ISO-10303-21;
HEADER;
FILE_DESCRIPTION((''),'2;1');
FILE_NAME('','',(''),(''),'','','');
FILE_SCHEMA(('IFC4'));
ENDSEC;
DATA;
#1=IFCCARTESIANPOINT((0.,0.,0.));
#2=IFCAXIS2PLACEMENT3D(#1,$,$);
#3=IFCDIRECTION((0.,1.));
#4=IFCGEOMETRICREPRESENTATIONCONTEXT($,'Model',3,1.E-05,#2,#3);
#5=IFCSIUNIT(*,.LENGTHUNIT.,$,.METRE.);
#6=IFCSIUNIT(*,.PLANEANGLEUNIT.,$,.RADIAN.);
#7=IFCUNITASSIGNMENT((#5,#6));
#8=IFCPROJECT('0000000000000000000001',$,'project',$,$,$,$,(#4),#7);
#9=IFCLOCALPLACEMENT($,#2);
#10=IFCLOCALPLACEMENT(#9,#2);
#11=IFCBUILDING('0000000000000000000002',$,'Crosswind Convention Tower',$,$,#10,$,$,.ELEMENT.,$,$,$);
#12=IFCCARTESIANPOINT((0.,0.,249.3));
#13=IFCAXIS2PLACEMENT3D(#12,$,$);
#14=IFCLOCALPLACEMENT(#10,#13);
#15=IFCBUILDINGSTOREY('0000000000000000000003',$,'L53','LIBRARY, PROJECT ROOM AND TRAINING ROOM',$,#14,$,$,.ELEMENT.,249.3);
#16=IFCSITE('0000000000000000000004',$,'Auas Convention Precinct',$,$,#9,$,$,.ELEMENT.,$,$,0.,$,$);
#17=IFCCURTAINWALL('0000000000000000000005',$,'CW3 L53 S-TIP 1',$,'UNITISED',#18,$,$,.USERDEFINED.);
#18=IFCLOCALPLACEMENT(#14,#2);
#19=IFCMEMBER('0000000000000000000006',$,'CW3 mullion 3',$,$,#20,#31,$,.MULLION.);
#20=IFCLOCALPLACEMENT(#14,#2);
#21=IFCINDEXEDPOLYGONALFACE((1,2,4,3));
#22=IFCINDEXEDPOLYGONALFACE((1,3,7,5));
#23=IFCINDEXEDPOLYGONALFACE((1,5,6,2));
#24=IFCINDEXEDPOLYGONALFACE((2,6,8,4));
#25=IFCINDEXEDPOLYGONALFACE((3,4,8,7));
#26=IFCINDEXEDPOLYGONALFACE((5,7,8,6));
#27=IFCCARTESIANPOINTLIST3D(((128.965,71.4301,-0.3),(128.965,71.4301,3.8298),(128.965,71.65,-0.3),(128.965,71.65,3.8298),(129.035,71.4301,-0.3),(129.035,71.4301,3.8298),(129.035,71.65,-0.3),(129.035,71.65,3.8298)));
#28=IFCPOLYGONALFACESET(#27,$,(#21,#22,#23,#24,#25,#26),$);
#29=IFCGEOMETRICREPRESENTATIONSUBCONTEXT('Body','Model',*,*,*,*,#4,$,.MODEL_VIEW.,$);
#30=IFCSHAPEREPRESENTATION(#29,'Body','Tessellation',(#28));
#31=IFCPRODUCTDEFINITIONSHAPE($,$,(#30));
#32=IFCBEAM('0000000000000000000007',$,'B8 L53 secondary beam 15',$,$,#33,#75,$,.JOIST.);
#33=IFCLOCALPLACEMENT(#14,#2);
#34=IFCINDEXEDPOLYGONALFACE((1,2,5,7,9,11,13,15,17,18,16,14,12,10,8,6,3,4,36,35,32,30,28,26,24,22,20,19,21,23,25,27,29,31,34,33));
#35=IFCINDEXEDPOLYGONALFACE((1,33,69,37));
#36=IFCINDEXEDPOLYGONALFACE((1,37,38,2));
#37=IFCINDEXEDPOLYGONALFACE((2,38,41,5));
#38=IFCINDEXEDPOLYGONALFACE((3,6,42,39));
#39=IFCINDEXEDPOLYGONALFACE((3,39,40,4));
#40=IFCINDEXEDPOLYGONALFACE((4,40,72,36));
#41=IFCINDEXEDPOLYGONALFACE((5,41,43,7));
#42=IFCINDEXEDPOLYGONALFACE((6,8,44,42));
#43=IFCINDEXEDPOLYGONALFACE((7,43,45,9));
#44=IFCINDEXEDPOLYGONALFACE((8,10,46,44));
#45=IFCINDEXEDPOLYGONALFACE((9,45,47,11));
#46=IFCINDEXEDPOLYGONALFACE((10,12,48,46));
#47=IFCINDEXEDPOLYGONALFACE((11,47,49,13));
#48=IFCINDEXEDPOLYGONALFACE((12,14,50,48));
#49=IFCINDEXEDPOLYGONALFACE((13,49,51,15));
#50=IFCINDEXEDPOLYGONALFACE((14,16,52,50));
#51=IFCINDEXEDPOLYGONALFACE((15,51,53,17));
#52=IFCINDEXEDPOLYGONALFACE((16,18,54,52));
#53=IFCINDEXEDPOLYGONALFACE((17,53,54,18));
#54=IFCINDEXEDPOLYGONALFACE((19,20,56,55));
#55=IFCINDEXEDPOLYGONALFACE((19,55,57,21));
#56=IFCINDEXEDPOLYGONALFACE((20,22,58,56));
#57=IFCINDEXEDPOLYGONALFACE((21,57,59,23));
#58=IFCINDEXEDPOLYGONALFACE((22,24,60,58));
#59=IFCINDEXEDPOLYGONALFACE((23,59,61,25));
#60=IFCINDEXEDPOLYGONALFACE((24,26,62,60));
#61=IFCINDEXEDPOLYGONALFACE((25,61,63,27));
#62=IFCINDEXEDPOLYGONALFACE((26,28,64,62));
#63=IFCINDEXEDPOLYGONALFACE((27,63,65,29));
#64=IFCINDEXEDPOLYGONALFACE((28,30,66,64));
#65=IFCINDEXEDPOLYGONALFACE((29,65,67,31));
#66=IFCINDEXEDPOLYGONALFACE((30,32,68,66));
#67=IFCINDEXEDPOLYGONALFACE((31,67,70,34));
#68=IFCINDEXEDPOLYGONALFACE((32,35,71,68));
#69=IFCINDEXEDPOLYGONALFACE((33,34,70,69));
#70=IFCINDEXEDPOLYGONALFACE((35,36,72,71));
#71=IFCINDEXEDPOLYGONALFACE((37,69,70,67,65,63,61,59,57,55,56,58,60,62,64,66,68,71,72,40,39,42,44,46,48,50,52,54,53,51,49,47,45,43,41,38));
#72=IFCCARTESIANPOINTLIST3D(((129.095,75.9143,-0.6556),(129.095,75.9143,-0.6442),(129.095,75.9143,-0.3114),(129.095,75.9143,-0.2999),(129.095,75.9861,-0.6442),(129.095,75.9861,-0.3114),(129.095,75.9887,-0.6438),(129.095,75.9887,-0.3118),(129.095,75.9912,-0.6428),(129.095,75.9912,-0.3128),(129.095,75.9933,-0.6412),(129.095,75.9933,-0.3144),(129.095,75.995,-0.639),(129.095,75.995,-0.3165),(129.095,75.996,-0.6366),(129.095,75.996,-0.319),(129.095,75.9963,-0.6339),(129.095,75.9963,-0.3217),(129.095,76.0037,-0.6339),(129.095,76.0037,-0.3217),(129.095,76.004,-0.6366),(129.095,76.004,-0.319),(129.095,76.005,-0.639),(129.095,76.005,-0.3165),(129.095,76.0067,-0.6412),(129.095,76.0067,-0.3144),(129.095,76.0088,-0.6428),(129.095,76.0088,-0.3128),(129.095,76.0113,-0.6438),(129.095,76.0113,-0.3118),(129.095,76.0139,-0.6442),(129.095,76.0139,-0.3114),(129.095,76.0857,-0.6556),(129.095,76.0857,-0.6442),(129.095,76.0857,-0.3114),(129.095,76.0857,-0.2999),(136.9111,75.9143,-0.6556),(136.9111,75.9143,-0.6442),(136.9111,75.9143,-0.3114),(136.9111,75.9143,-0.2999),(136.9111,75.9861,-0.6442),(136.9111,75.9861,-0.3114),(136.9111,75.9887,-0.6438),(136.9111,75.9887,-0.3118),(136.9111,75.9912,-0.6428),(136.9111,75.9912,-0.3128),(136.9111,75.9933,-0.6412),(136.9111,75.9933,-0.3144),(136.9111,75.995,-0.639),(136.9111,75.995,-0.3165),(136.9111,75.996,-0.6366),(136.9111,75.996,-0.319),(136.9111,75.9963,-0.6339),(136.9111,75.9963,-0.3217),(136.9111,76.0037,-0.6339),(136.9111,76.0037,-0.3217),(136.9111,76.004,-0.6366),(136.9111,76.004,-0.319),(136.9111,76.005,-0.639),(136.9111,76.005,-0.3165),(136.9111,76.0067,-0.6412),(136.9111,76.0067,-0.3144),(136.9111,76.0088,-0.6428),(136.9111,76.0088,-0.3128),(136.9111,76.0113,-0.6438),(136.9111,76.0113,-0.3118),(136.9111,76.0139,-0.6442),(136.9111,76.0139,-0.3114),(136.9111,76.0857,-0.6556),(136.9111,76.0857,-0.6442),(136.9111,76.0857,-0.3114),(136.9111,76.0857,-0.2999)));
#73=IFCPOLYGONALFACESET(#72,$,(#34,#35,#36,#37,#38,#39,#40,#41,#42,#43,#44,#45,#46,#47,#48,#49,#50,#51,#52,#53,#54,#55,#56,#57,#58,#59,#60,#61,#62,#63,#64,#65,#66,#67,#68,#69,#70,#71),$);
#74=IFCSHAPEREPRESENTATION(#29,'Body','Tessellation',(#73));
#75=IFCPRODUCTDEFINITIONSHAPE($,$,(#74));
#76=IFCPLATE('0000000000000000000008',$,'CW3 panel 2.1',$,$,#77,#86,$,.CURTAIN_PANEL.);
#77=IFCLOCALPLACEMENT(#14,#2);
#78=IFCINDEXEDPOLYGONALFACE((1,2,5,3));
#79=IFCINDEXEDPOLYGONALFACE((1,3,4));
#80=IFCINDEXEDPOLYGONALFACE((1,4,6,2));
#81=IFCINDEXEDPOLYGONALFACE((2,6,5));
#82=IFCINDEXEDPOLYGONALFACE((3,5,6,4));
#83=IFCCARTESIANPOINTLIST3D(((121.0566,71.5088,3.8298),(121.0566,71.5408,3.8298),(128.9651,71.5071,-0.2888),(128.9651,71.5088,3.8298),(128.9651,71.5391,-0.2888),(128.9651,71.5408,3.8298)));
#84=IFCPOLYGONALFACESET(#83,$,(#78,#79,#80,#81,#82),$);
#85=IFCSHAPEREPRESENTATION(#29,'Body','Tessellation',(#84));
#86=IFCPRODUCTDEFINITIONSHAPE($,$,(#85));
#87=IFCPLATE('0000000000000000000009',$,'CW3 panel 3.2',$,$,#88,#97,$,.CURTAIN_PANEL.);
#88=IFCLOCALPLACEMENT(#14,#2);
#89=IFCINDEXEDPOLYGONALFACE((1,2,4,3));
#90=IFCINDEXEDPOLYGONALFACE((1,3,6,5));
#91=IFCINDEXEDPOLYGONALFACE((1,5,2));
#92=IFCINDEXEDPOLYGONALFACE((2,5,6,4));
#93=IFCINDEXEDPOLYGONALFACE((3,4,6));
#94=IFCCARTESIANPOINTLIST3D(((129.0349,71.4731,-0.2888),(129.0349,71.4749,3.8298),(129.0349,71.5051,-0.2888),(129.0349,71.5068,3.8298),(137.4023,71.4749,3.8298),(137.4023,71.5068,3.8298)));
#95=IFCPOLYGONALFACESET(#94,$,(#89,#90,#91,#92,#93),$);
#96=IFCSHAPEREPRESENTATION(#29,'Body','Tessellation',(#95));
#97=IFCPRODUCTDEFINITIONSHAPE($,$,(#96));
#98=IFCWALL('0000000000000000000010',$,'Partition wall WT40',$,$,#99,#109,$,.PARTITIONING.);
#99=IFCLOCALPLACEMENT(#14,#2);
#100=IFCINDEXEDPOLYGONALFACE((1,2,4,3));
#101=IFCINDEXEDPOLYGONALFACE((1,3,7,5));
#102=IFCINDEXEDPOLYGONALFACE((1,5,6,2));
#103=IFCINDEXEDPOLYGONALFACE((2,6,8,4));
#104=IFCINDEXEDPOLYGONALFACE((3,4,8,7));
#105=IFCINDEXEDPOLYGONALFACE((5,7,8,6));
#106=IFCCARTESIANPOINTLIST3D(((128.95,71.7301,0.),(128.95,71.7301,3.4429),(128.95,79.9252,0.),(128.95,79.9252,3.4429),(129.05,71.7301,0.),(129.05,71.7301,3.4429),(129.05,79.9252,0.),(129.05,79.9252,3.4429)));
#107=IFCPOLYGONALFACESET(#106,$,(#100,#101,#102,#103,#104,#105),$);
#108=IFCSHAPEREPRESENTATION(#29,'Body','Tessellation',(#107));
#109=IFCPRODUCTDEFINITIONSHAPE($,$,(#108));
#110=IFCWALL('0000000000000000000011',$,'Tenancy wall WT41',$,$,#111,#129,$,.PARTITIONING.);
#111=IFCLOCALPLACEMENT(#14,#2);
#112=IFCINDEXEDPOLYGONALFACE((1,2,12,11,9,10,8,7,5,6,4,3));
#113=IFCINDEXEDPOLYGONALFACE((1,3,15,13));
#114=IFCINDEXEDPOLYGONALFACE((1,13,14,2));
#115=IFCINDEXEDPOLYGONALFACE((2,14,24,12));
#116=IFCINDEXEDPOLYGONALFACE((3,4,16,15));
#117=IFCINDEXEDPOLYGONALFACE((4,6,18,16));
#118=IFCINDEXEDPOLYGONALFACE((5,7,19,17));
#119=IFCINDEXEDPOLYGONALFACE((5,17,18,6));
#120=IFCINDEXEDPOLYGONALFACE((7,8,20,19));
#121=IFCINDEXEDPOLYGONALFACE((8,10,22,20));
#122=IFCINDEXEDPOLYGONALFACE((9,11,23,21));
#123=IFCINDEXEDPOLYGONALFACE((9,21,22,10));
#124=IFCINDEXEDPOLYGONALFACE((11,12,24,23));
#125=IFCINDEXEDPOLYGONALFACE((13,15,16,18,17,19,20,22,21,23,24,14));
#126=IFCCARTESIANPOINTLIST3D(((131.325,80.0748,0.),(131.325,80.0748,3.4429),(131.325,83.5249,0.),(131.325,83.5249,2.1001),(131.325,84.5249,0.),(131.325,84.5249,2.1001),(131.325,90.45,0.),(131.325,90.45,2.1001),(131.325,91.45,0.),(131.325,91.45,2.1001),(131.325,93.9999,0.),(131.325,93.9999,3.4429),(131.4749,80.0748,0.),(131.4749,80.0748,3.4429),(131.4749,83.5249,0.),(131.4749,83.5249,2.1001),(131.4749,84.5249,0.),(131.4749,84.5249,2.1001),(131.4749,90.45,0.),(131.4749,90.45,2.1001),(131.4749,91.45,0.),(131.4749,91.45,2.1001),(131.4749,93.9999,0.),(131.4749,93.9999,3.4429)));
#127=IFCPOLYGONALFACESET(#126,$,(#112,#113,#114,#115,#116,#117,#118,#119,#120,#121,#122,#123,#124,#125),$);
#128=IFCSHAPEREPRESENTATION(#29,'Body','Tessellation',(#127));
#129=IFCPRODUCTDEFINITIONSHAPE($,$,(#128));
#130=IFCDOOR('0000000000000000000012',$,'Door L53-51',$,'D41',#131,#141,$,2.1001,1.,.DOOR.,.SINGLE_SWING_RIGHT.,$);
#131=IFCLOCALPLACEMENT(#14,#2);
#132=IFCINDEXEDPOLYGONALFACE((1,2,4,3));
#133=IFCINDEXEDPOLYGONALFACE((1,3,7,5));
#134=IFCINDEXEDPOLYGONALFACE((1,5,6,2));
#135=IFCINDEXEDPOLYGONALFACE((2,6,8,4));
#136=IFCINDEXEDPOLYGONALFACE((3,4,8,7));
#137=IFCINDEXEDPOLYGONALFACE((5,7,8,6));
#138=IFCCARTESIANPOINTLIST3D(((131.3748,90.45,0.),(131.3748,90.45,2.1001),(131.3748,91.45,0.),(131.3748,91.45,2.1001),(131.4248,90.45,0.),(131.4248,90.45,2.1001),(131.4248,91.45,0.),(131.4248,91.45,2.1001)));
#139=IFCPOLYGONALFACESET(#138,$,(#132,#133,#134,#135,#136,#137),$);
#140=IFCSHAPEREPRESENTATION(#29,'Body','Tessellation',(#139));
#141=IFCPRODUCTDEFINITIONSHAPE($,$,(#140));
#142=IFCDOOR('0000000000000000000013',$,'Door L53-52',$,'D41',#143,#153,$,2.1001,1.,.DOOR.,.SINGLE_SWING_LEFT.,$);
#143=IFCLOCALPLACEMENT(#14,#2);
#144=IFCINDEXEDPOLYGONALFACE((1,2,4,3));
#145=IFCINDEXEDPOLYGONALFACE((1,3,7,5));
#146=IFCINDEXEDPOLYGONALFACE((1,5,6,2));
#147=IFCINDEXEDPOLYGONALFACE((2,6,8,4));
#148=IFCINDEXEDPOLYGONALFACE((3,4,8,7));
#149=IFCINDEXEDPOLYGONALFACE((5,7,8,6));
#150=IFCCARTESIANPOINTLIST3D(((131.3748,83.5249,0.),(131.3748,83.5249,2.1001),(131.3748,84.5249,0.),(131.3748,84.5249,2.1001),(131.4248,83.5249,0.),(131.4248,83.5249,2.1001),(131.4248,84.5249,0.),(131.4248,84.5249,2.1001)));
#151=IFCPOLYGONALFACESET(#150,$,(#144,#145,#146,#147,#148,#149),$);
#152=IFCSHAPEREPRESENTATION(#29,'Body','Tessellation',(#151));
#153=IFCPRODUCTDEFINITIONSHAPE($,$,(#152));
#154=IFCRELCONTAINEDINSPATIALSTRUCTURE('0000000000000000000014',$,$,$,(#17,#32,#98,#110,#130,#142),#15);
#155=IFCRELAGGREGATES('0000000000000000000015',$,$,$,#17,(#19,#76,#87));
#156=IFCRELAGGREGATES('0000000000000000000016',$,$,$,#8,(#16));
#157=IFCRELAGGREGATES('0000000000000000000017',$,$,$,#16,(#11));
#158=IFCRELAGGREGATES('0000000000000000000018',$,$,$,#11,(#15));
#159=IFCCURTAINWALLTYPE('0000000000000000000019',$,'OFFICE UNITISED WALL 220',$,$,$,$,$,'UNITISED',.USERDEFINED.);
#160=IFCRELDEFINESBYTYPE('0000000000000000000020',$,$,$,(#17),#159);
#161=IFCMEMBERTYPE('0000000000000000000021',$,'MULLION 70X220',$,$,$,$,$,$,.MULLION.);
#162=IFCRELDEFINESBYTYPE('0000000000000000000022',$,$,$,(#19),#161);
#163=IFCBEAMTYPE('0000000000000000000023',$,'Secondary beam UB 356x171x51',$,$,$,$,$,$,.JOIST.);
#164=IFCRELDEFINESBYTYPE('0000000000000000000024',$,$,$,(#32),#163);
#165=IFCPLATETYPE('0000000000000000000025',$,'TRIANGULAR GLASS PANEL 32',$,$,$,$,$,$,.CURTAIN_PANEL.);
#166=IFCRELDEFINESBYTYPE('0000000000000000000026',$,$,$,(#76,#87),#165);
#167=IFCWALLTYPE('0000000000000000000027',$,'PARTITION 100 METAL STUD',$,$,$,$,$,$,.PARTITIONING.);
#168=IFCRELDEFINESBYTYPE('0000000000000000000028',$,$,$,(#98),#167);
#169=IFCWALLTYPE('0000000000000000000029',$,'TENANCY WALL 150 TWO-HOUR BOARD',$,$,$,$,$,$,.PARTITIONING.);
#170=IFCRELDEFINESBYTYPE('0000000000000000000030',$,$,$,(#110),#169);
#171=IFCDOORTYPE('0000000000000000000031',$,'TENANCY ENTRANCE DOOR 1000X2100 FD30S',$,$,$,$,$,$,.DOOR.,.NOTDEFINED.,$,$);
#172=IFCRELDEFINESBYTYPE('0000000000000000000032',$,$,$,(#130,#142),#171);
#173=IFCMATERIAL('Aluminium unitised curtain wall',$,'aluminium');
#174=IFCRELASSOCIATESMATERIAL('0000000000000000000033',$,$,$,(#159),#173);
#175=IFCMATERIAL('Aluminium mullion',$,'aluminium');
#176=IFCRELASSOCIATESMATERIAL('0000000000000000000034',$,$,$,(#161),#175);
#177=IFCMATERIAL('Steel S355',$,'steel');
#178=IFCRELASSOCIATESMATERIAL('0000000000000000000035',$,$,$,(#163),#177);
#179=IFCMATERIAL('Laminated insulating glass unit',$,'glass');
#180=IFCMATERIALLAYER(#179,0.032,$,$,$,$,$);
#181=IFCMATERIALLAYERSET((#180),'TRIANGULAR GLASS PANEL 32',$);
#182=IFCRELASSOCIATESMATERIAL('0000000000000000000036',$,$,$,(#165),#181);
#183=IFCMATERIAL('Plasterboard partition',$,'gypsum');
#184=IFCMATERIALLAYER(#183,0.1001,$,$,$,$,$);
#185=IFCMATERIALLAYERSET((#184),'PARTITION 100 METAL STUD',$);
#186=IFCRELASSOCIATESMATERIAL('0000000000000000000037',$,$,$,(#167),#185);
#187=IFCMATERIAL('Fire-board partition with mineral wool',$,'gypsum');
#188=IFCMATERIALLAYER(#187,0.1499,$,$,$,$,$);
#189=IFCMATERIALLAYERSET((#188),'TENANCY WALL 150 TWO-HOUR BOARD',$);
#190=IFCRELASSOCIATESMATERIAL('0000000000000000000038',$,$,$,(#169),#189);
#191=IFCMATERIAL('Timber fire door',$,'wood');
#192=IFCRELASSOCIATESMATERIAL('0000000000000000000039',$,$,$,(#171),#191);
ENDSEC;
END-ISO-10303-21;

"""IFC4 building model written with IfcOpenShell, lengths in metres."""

from ifc_helpers import new_model, si_unit, direction, frame, frame_2d, origin, origin_2d, place, context, subcontext, project, spatial, polyline, rectangle, i_section, outline, extrude, material, layer, layer_set, material_profile, profile_set, type_object, element, fill, aggregate, save


model = new_model("IFC4")

# Units and contexts
model_context = context("Model", 3, precision=1e-05, world=origin(), true_north=direction((0.0, 1.0)))
body_context = subcontext(model_context, "Body", "Model", "MODEL_VIEW")
ifc_project = project(units=[si_unit("LENGTHUNIT", "METRE"), si_unit("PLANEANGLEUNIT", "RADIAN")], contexts=[model_context])

# Site, building, storey
site_placement = place(None, origin())
site = spatial("IfcSite", under=ifc_project, at=site_placement, Name="Auas Convention Precinct", CompositionType="ELEMENT", RefElevation=0.0)
building_placement = place(site_placement, origin())
building = spatial("IfcBuilding", under=site, at=building_placement, Name="Crosswind Convention Tower", CompositionType="ELEMENT")
storey_placement = place(building_placement, frame((0.0, 0.0, 249.3)))
storey = spatial("IfcBuildingStorey", under=building, at=storey_placement, Name="L53", Description="LIBRARY, PROJECT ROOM AND TRAINING ROOM", CompositionType="ELEMENT", Elevation=249.3)

# Shared definitions
ifc_material_1 = material(Name="Steel S355", Category="steel")

# Curtain wall, member
ifc_material_2 = material(Name="Aluminium unitised curtain wall", Category="aluminium")
curtain_wall_type = type_object("IfcCurtainWallType", Name="OFFICE UNITISED WALL 220", ElementType="UNITISED", PredefinedType="USERDEFINED", material=ifc_material_2)
curtain_wall_placement = place(storey_placement, origin())
curtain_wall = element("IfcCurtainWall", 1, at=curtain_wall_placement, inside=storey, type_object=curtain_wall_type, Name="CW3 L53 S-TIP 1", ObjectType="UNITISED", PredefinedType="USERDEFINED")
ifc_material_3 = material(Name="Aluminium mullion", Category="aluminium")
ifc_material_profile_1 = material_profile(ifc_material_3, rectangle(XDim=0.22, YDim=0.0701, at=origin_2d()), Name="AL 220X70")
ifc_profile_set_1 = profile_set([ifc_material_profile_1], Name="Aluminium mullion")
member_type = type_object("IfcMemberType", Name="MULLION 70X220", PredefinedType="MULLION", material=ifc_profile_set_1)
member_placement = place(storey_placement, frame((129.0, 71.54, -0.3), z_axis=(0.0, 0.0, 1.0), x_axis=(0.0, -1.0, 0.0)))
member = element("IfcMember", 2, at=member_placement, type_object=member_type, Name="CW3 mullion 3", PredefinedType="MULLION", context=body_context, shape_type="SweptSolid", body=[
    extrude(rectangle(XDim=0.22, YDim=0.0701, at=origin_2d()), origin(), (0.0, 0.0, 1.0), 4.1299),
])

# Beam
ifc_material_profile_2 = material_profile(ifc_material_1, i_section(OverallWidth=0.1714, OverallDepth=0.3557, WebThickness=0.0073, FlangeThickness=0.0115, FilletRadius=0.0103, at=origin_2d()), Name="UB 356x171x51")
ifc_profile_set_2 = profile_set([ifc_material_profile_2], Name="Steel S355")
beam_type_1 = type_object("IfcBeamType", Name="Secondary beam UB 356x171x51", PredefinedType="JOIST", material=ifc_profile_set_2)
beam_1_placement = place(storey_placement, frame((129.095, 76.0, -0.4778), z_axis=(1.0, 0.0, 0.0), x_axis=(0.0, 1.0, 0.0)))
element("IfcBeam", 3, at=beam_1_placement, inside=storey, type_object=beam_type_1, Name="B8 L53 secondary beam 15", PredefinedType="JOIST", context=body_context, shape_type="SweptSolid", body=[
    extrude(i_section(OverallWidth=0.1714, OverallDepth=0.3557, WebThickness=0.0073, FlangeThickness=0.0115, FilletRadius=0.0103, at=origin_2d()), origin(), (0.0, 0.0, 1.0), 7.8162),
])

# Plates
ifc_material_4 = material(Name="Laminated insulating glass unit", Category="glass")
ifc_layer_1 = layer(ifc_material_4, 0.032)
ifc_layer_set_1 = layer_set([ifc_layer_1], Name="TRIANGULAR GLASS PANEL 32")
plate_type = type_object("IfcPlateType", Name="TRIANGULAR GLASS PANEL 32", PredefinedType="CURTAIN_PANEL", material=ifc_layer_set_1)
plate_1_placement = place(storey_placement, frame((128.9651, 71.5088, 3.8298), z_axis=(0.0, -1.0, 0.000415), x_axis=(-1.0, 0.0, 0.0)))
plate_1 = element("IfcPlate", 4, at=plate_1_placement, type_object=plate_type, Name="CW3 panel 2.1", PredefinedType="CURTAIN_PANEL", context=body_context, shape_type="SweptSolid", body=[
    extrude(outline(polyline([(0.0, 0.0), (7.9084, 0.0), (0.0, 4.1187), (0.0, 0.0)])), origin(), (0.0, 0.0, -1.0), 0.032),
])
plate_2_placement = place(storey_placement, frame((129.0349, 71.4749, 3.8298), z_axis=(0.0, -1.0, 0.000415), x_axis=(0.0, -0.000415, -1.0)))
plate_2 = element("IfcPlate", 5, at=plate_2_placement, type_object=plate_type, Name="CW3 panel 3.2", PredefinedType="CURTAIN_PANEL", context=body_context, shape_type="SweptSolid", body=[
    extrude(outline(polyline([(0.0, 0.0), (4.1187, 0.0), (0.0, 8.3674), (0.0, 0.0)])), origin(), (0.0, 0.0, -1.0), 0.032),
])
aggregate(curtain_wall, [member, plate_1, plate_2])

# Wall
ifc_material_5 = material(Name="Plasterboard partition", Category="gypsum")
ifc_layer_2 = layer(ifc_material_5, 0.1001)
ifc_layer_set_2 = layer_set([ifc_layer_2], Name="PARTITION 100 METAL STUD")
wall_type_1 = type_object("IfcWallType", Name="PARTITION 100 METAL STUD", PredefinedType="PARTITIONING", material=ifc_layer_set_2)
wall_1_placement = place(storey_placement, frame((129.0, 71.73, 0.0), z_axis=(0.0, 0.0, 1.0), x_axis=(0.0, 1.0, 0.0)))
element("IfcWall", 6, at=wall_1_placement, inside=storey, type_object=wall_type_1, Name="Partition wall WT40", PredefinedType="PARTITIONING", context=body_context, shape_type="SweptSolid", body=[
    extrude(rectangle(XDim=8.1951, YDim=0.1001, at=frame_2d((4.0977, 0.0))), origin(), (0.0, 0.0, 1.0), 3.4429),
])

# Wall, openings, doors
ifc_material_6 = material(Name="Fire-board partition with mineral wool", Category="gypsum")
ifc_layer_3 = layer(ifc_material_6, 0.1499)
ifc_layer_set_3 = layer_set([ifc_layer_3], Name="TENANCY WALL 150 TWO-HOUR BOARD")
wall_type_2 = type_object("IfcWallType", Name="TENANCY WALL 150 TWO-HOUR BOARD", PredefinedType="PARTITIONING", material=ifc_layer_set_3)
wall_2_placement = place(storey_placement, frame((131.3999, 80.075, 0.0), z_axis=(0.0, 0.0, 1.0), x_axis=(0.0, 1.0, 0.0)))
wall_2 = element("IfcWall", 7, at=wall_2_placement, inside=storey, type_object=wall_type_2, Name="Tenancy wall WT41", PredefinedType="PARTITIONING", context=body_context, shape_type="SweptSolid", body=[
    extrude(rectangle(XDim=13.925, YDim=0.1499, at=frame_2d((6.9624, 0.0))), origin(), (0.0, 0.0, 1.0), 3.4429),
])
opening_1_placement = place(wall_2_placement, frame((10.375, 0.0, 0.0)))
opening_1 = element("IfcOpeningElement", 8, at=opening_1_placement, cuts=wall_2, PredefinedType="OPENING", context=body_context, shape_type="SweptSolid", body=[
    extrude(rectangle(XDim=1.0, YDim=2.1001, at=frame_2d((0.5, 1.05))), frame((0.0, 0.085, 0.0), z_axis=(0.0, -1.0, 0.0), x_axis=(1.0, 0.0, 0.0)), (0.0, 0.0, 1.0), 0.1699),
])
opening_2_placement = place(wall_2_placement, frame((3.45, 0.0, 0.0)))
opening_2 = element("IfcOpeningElement", 9, at=opening_2_placement, cuts=wall_2, PredefinedType="OPENING", context=body_context, shape_type="SweptSolid", body=[
    extrude(rectangle(XDim=1.0, YDim=2.1001, at=frame_2d((0.5, 1.05))), frame((0.0, 0.085, 0.0), z_axis=(0.0, -1.0, 0.0), x_axis=(1.0, 0.0, 0.0)), (0.0, 0.0, 1.0), 0.1699),
])
ifc_material_7 = material(Name="Timber fire door", Category="wood")
door_type = type_object("IfcDoorType", Name="TENANCY ENTRANCE DOOR 1000X2100 FD30S", OperationType="NOTDEFINED", PredefinedType="DOOR", material=ifc_material_7)
door_1_placement = place(opening_1_placement, frame((1.0, 0.0, 0.0), z_axis=(0.0, 0.0, 1.0), x_axis=(-1.0, 0.0, 0.0)))
door_1 = element("IfcDoor", 10, at=door_1_placement, inside=storey, type_object=door_type, Name="Door L53-51", ObjectType="D41", OperationType="SINGLE_SWING_RIGHT", OverallHeight=2.1001, OverallWidth=1.0, PredefinedType="DOOR", context=body_context, shape_type="SweptSolid", body=[
    extrude(rectangle(XDim=1.0, YDim=2.1001, at=frame_2d((0.5, 1.05))), frame((0.0, 0.0249, 0.0), z_axis=(0.0, -1.0, 0.0), x_axis=(1.0, 0.0, 0.0)), (0.0, 0.0, 1.0), 0.05),
])
fill(opening_1, door_1)
door_2_placement = place(opening_2_placement, frame((1.0, 0.0, 0.0), z_axis=(0.0, 0.0, 1.0), x_axis=(-1.0, 0.0, 0.0)))
door_2 = element("IfcDoor", 11, at=door_2_placement, inside=storey, type_object=door_type, Name="Door L53-52", ObjectType="D41", OperationType="SINGLE_SWING_LEFT", OverallHeight=2.1001, OverallWidth=1.0, PredefinedType="DOOR", context=body_context, shape_type="SweptSolid", body=[
    extrude(rectangle(XDim=1.0, YDim=2.1001, at=frame_2d((0.5, 1.05))), frame((0.0, 0.0249, 0.0), z_axis=(0.0, -1.0, 0.0), x_axis=(1.0, 0.0, 0.0)), (0.0, 0.0, 1.0), 0.05),
])
fill(opening_2, door_2)

save(model, "model.ifc")
